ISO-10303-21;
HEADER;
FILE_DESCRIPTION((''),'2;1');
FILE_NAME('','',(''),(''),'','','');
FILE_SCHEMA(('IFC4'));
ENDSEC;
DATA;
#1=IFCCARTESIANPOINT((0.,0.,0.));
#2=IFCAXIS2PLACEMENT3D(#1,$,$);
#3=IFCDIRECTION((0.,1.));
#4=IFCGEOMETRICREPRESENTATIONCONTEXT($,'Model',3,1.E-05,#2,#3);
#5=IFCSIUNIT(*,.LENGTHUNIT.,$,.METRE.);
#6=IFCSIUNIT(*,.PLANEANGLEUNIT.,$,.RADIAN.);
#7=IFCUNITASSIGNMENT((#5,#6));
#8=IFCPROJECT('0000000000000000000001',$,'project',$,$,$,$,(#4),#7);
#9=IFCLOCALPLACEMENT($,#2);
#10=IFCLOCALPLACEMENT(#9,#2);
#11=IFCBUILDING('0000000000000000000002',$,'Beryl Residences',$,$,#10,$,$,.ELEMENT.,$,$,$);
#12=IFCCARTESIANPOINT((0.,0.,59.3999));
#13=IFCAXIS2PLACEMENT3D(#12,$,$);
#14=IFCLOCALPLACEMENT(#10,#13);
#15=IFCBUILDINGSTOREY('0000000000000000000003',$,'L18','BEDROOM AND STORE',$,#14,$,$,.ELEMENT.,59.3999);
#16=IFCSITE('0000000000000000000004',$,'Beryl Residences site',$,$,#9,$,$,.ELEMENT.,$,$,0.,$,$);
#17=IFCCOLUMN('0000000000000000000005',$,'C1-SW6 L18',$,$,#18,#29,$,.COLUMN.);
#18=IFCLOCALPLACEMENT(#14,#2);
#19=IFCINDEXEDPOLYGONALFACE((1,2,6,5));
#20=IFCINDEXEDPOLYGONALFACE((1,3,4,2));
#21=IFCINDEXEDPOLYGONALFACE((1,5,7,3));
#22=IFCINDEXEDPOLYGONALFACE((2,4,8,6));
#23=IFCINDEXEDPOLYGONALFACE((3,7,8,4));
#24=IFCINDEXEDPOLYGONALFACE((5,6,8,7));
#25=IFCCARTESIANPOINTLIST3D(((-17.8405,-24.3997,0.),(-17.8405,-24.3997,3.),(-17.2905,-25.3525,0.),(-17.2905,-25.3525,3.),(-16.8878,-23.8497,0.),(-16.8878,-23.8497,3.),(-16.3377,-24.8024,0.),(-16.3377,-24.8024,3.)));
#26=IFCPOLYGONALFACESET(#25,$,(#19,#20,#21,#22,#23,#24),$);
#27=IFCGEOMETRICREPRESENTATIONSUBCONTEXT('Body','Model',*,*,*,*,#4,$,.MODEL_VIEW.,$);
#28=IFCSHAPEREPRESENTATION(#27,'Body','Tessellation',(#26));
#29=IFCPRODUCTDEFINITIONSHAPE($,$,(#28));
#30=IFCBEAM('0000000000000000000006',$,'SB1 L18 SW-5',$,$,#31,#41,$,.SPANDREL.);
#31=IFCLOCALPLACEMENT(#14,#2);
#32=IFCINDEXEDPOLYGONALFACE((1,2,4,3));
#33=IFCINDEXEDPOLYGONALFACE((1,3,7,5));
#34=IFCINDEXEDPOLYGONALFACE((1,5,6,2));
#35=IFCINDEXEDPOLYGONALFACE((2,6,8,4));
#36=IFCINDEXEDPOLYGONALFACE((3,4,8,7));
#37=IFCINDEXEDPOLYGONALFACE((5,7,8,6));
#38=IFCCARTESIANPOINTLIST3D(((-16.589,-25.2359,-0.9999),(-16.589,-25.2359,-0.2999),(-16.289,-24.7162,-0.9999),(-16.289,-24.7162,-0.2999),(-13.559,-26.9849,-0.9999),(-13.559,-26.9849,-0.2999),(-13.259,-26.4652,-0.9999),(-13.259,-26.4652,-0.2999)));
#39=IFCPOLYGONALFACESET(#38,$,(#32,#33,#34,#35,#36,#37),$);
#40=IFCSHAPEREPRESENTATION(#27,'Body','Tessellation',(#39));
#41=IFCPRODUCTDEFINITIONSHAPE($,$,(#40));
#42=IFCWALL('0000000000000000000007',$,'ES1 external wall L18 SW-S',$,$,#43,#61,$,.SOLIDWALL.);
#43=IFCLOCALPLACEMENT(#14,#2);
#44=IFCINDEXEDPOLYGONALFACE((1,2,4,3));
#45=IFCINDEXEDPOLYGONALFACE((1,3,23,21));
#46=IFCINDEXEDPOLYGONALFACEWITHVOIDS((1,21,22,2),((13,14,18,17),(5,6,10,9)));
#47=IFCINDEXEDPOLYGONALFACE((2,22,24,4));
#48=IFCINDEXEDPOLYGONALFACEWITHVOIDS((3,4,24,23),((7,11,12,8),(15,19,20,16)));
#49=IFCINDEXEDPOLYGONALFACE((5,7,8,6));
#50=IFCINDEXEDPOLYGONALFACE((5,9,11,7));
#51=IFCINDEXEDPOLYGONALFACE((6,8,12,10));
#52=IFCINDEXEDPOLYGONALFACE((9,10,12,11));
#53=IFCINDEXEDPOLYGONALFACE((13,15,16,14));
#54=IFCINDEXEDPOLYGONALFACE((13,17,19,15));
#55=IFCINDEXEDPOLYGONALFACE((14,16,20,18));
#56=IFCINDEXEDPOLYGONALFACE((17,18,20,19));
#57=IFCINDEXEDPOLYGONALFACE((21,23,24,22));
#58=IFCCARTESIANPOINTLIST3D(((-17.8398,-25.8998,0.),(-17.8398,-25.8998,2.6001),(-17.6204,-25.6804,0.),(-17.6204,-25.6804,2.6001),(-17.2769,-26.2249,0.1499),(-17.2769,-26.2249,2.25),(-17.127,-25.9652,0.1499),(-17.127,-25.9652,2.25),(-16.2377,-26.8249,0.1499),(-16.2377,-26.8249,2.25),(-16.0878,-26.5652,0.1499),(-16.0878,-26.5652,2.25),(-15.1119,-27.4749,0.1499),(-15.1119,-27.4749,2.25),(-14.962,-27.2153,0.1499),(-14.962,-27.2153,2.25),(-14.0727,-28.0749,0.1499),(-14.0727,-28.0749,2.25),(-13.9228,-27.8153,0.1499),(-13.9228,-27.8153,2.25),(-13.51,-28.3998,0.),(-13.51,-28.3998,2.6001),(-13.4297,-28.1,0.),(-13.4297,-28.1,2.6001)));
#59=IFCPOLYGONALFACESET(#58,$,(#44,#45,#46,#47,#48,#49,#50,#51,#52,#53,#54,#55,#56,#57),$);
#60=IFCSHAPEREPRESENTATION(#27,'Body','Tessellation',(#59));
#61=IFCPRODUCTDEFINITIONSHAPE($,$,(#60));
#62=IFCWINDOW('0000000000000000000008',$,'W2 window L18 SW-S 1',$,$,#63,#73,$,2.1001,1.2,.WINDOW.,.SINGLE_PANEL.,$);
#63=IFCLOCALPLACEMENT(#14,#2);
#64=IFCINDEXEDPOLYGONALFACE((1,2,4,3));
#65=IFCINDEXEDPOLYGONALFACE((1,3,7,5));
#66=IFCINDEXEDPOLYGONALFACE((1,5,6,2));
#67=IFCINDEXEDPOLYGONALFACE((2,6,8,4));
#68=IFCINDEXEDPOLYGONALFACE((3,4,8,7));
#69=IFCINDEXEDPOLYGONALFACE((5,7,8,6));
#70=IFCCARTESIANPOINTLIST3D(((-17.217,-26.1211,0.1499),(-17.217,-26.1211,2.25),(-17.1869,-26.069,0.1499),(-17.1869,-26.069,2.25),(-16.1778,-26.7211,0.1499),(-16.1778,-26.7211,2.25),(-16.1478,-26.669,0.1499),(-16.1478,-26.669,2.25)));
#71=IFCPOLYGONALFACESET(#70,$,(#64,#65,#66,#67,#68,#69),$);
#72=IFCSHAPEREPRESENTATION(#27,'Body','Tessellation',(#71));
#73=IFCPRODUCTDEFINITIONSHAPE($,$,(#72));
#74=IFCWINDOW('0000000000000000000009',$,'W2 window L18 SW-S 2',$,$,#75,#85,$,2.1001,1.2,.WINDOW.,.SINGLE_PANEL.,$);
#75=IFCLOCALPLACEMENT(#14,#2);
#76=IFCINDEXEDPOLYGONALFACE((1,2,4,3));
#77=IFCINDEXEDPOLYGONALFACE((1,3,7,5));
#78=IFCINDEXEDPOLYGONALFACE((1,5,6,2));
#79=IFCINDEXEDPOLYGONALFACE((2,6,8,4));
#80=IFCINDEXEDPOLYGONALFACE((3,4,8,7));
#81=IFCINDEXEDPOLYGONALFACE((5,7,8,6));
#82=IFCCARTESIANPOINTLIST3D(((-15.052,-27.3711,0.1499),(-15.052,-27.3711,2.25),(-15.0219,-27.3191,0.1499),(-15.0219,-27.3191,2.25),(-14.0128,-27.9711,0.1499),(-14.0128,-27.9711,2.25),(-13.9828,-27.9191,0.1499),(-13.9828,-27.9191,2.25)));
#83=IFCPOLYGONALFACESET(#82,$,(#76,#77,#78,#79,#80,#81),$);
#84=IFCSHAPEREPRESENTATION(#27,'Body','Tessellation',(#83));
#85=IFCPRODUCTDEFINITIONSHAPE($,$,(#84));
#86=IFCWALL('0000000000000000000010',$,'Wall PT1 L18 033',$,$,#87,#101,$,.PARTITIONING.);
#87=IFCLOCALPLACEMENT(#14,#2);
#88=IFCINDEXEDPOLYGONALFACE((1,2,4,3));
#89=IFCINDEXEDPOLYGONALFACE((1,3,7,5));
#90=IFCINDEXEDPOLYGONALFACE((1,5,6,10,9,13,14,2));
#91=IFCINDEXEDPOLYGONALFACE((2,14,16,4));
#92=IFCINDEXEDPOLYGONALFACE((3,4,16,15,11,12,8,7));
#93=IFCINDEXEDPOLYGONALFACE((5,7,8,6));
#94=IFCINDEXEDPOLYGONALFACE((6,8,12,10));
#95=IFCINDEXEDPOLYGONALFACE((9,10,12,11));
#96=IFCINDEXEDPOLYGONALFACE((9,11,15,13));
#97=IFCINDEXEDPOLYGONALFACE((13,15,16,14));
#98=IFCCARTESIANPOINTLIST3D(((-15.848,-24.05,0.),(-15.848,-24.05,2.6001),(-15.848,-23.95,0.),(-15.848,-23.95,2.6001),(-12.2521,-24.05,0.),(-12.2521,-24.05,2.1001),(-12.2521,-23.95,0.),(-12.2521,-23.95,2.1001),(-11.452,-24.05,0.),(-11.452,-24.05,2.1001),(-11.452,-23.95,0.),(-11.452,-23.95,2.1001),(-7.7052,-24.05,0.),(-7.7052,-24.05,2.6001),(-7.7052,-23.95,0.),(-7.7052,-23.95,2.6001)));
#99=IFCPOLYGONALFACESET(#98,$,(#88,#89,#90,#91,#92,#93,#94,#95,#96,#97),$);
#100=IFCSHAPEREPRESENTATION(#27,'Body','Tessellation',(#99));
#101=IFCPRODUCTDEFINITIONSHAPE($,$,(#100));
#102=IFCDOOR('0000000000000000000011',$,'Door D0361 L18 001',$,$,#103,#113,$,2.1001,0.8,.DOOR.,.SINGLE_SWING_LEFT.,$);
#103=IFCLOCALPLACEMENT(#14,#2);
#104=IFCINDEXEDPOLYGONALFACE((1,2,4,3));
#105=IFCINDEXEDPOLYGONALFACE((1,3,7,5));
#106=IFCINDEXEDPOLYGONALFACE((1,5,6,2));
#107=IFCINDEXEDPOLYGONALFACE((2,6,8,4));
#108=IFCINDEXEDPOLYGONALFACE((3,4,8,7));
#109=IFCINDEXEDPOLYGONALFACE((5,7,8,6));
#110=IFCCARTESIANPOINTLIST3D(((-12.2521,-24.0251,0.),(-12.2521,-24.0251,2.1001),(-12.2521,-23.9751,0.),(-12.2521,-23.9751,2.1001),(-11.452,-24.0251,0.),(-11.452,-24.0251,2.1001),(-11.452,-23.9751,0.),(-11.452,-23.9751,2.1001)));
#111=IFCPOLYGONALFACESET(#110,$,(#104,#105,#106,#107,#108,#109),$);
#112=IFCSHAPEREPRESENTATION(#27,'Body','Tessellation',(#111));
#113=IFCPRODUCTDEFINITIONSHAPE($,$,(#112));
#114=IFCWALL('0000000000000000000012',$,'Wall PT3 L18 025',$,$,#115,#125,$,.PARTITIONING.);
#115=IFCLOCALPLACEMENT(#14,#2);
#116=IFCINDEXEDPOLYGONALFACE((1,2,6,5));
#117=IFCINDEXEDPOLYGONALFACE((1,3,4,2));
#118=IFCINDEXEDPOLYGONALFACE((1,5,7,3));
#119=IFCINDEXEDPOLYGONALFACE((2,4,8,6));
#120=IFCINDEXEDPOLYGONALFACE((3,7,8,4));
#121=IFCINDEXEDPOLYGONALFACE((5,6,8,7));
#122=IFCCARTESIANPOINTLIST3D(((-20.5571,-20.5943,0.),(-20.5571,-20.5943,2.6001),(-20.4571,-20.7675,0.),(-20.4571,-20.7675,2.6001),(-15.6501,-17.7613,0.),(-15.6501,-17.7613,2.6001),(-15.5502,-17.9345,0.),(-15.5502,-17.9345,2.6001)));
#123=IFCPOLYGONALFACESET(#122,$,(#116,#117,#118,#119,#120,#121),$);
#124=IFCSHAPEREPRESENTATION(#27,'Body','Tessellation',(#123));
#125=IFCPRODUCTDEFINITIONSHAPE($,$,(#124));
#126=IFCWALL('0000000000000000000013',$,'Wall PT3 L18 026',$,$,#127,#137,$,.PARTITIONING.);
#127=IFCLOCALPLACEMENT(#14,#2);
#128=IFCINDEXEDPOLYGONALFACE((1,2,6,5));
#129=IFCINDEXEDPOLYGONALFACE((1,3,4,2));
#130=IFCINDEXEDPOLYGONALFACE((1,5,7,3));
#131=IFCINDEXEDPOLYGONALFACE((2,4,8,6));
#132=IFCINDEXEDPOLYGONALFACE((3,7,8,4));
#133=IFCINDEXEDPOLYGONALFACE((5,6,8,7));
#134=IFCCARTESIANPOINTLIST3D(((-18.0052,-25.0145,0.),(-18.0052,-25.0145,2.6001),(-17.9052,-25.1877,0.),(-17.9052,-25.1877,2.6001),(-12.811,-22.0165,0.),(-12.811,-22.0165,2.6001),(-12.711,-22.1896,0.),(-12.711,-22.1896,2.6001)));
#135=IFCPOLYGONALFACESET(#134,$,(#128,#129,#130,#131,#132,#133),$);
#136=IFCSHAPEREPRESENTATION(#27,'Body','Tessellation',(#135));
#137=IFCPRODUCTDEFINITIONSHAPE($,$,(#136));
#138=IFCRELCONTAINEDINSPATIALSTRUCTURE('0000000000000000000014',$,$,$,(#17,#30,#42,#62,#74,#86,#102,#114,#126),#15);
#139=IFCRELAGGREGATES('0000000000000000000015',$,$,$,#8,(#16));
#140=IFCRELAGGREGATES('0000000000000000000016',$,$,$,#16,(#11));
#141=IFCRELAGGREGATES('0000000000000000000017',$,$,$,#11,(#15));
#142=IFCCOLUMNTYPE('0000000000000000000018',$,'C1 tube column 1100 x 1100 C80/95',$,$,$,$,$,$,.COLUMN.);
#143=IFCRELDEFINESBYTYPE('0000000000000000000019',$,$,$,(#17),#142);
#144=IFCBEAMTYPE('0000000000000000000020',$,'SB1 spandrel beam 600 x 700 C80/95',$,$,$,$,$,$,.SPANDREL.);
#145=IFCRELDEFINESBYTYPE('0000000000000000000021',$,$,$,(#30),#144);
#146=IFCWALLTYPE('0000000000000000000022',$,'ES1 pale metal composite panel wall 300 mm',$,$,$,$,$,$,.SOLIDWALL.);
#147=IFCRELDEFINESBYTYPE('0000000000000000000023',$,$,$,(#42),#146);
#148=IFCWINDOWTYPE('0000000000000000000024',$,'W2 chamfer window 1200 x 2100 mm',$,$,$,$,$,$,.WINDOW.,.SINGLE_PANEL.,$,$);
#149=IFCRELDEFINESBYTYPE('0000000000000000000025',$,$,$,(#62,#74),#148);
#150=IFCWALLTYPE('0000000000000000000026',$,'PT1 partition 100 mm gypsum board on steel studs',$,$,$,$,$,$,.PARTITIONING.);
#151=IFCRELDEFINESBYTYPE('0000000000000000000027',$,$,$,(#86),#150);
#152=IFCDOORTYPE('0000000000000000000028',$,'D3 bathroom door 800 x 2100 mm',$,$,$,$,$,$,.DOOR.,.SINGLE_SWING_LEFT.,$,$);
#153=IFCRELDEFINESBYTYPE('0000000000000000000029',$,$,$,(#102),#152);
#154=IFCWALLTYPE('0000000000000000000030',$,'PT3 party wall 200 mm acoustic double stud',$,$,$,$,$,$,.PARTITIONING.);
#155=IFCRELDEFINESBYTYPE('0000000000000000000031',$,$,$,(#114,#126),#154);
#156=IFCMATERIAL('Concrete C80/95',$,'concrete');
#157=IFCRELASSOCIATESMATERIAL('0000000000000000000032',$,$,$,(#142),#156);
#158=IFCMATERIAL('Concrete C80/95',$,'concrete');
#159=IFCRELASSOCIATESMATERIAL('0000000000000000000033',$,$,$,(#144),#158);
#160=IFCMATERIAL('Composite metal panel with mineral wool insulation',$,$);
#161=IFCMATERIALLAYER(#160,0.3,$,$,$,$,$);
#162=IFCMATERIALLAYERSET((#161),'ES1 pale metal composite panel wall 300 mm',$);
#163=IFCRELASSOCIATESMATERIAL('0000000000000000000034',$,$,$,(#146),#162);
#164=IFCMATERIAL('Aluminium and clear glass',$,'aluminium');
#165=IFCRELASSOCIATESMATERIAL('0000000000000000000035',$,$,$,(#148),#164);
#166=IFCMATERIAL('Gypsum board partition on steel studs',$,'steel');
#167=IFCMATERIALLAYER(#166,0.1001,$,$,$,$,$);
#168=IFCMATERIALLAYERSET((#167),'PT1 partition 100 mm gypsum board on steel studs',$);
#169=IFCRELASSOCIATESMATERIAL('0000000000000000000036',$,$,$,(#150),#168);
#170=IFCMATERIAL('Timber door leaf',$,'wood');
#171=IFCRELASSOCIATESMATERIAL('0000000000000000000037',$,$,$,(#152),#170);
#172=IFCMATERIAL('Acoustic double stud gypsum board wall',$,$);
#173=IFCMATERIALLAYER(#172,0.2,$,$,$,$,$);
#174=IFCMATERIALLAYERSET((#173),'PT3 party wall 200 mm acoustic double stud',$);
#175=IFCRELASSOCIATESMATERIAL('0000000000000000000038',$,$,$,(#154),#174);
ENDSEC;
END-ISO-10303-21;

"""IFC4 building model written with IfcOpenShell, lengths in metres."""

from ifc_helpers import new_model, si_unit, direction, frame, frame_2d, origin, origin_2d, place, context, subcontext, project, spatial, polyline, rectangle, outline, extrude, material, layer, layer_set, material_profile, profile_set, type_object, element, fill, save


model = new_model("IFC4")

# Units and contexts
model_context = context("Model", 3, precision=1e-05, world=origin(), true_north=direction((0.0, 1.0)))
body_context = subcontext(model_context, "Body", "Model", "MODEL_VIEW")
ifc_project = project(units=[si_unit("LENGTHUNIT", "METRE"), si_unit("PLANEANGLEUNIT", "RADIAN")], contexts=[model_context])

# Site, building, storey
site_placement = place(None, origin())
site = spatial("IfcSite", under=ifc_project, at=site_placement, Name="Beryl Residences site", CompositionType="ELEMENT", RefElevation=0.0)
building_placement = place(site_placement, origin())
building = spatial("IfcBuilding", under=site, at=building_placement, Name="Beryl Residences", CompositionType="ELEMENT")
storey_placement = place(building_placement, frame((0.0, 0.0, 59.3999)))
storey = spatial("IfcBuildingStorey", under=building, at=storey_placement, Name="L18", Description="BEDROOM AND STORE", CompositionType="ELEMENT", Elevation=59.3999)

# Column
ifc_material_1 = material(Name="Concrete C80/95", Category="concrete")
ifc_material_profile_1 = material_profile(ifc_material_1, rectangle(XDim=1.1001, YDim=1.1001, at=origin_2d()))
ifc_profile_set_1 = profile_set([ifc_material_profile_1], Name="Concrete C80/95")
column_type = type_object("IfcColumnType", Name="C1 tube column 1100 x 1100 C80/95", PredefinedType="COLUMN", material=ifc_profile_set_1)
column_placement = place(storey_placement, frame((-17.0891, -24.6011, 0.0), z_axis=(0.0, 0.0, 1.0), x_axis=(0.499985, -0.866034, 0.0)))
element("IfcColumn", 1, at=column_placement, inside=storey, type_object=column_type, Name="C1-SW6 L18", PredefinedType="COLUMN", context=body_context, shape_type="SweptSolid", body=[
    extrude(rectangle(XDim=1.1001, YDim=1.1001, at=origin_2d()), origin(), (0.0, 0.0, 1.0), 3.0),
])

# Beam
ifc_material_2 = material(Name="Concrete C80/95", Category="concrete")
ifc_material_profile_2 = material_profile(ifc_material_2, rectangle(XDim=0.6001, YDim=0.7, at=origin_2d()))
ifc_profile_set_2 = profile_set([ifc_material_profile_2], Name="Concrete C80/95")
beam_type = type_object("IfcBeamType", Name="SB1 spandrel beam 600 x 700 C80/95", PredefinedType="SPANDREL", material=ifc_profile_set_2)
beam_placement = place(storey_placement, frame((-16.439, -24.9761, -0.6499), z_axis=(0.866071, -0.499922, 0.0), x_axis=(0.499922, 0.866071, 0.0)))
element("IfcBeam", 2, at=beam_placement, inside=storey, type_object=beam_type, Name="SB1 L18 SW-5", PredefinedType="SPANDREL", context=body_context, shape_type="SweptSolid", body=[
    extrude(rectangle(XDim=0.6001, YDim=0.7, at=origin_2d()), origin(), (0.0, 0.0, 1.0), 3.4985),
])

# Wall, openings, windows
ifc_material_3 = material(Name="Composite metal panel with mineral wool insulation")
ifc_layer_1 = layer(ifc_material_3, 0.3)
ifc_layer_set_1 = layer_set([ifc_layer_1], Name="ES1 pale metal composite panel wall 300 mm")
wall_type_1 = type_object("IfcWallType", Name="ES1 pale metal composite panel wall 300 mm", PredefinedType="SOLIDWALL", material=ifc_layer_set_1)
wall_1_placement = place(storey_placement, frame((-17.7649, -25.77, 0.0), z_axis=(0.0, 0.0, 1.0), x_axis=(0.866011, -0.500025, 0.0)))
wall_1 = element("IfcWall", 3, at=wall_1_placement, inside=storey, type_object=wall_type_1, Name="ES1 external wall L18 SW-S", PredefinedType="SOLIDWALL", context=body_context, shape_type="SweptSolid", body=[
    extrude(outline(polyline([(0.0, -0.1499), (4.9998, -0.1499), (4.9194, 0.1499), (0.0803, 0.1499), (0.0, -0.1499)])), origin(), (0.0, 0.0, 1.0), 2.6001),
])
opening_1_placement = place(wall_1_placement, frame((0.6499, 0.0, 0.1499)))
opening_1 = element("IfcOpeningElement", 4, at=opening_1_placement, cuts=wall_1, PredefinedType="OPENING", context=body_context, shape_type="SweptSolid", body=[
    extrude(rectangle(XDim=1.2, YDim=2.1001, at=frame_2d((0.6001, 1.05))), frame((0.0, 0.1599, 0.0), z_axis=(0.0, -1.0, 0.0), x_axis=(1.0, 0.0, 0.0)), (0.0, 0.0, 1.0), 0.3201),
])
opening_2_placement = place(wall_1_placement, frame((3.1499, 0.0, 0.1499)))
opening_2 = element("IfcOpeningElement", 5, at=opening_2_placement, cuts=wall_1, PredefinedType="OPENING", context=body_context, shape_type="SweptSolid", body=[
    extrude(rectangle(XDim=1.2, YDim=2.1001, at=frame_2d((0.6001, 1.05))), frame((0.0, 0.1599, 0.0), z_axis=(0.0, -1.0, 0.0), x_axis=(1.0, 0.0, 0.0)), (0.0, 0.0, 1.0), 0.3201),
])
ifc_material_4 = material(Name="Aluminium and clear glass", Category="aluminium")
window_type = type_object("IfcWindowType", Name="W2 chamfer window 1200 x 2100 mm", PartitioningType="SINGLE_PANEL", PredefinedType="WINDOW", material=ifc_material_4)
window_1_placement = place(opening_1_placement, origin())
window_1 = element("IfcWindow", 6, at=window_1_placement, inside=storey, type_object=window_type, Name="W2 window L18 SW-S 1", OverallHeight=2.1001, OverallWidth=1.2, PartitioningType="SINGLE_PANEL", PredefinedType="WINDOW", context=body_context, shape_type="SweptSolid", body=[
    extrude(rectangle(XDim=1.2, YDim=2.1001, at=frame_2d((0.6001, 1.05))), frame((0.0, 0.03, 0.0), z_axis=(0.0, -1.0, 0.0), x_axis=(1.0, 0.0, 0.0)), (0.0, 0.0, 1.0), 0.0601),
])
fill(opening_1, window_1)
window_2_placement = place(opening_2_placement, origin())
window_2 = element("IfcWindow", 7, at=window_2_placement, inside=storey, type_object=window_type, Name="W2 window L18 SW-S 2", OverallHeight=2.1001, OverallWidth=1.2, PartitioningType="SINGLE_PANEL", PredefinedType="WINDOW", context=body_context, shape_type="SweptSolid", body=[
    extrude(rectangle(XDim=1.2, YDim=2.1001, at=frame_2d((0.6001, 1.05))), frame((0.0, 0.03, 0.0), z_axis=(0.0, -1.0, 0.0), x_axis=(1.0, 0.0, 0.0)), (0.0, 0.0, 1.0), 0.0601),
])
fill(opening_2, window_2)

# Wall, opening, door
ifc_material_5 = material(Name="Gypsum board partition on steel studs", Category="steel")
ifc_layer_2 = layer(ifc_material_5, 0.1001)
ifc_layer_set_2 = layer_set([ifc_layer_2], Name="PT1 partition 100 mm gypsum board on steel studs")
wall_type_2 = type_object("IfcWallType", Name="PT1 partition 100 mm gypsum board on steel studs", PredefinedType="PARTITIONING", material=ifc_layer_set_2)
wall_2_placement = place(storey_placement, frame((-15.8479, -24.0, 0.0), z_axis=(0.0, 0.0, 1.0), x_axis=(1.0, 0.0, 0.0)))
wall_2 = element("IfcWall", 8, at=wall_2_placement, inside=storey, type_object=wall_type_2, Name="Wall PT1 L18 033", PredefinedType="PARTITIONING", context=body_context, shape_type="SweptSolid", body=[
    extrude(rectangle(XDim=8.1428, YDim=0.1001, at=frame_2d((4.0713, 0.0))), origin(), (0.0, 0.0, 1.0), 2.6001),
])
opening_3_placement = place(wall_2_placement, frame((3.5959, 0.0, 0.0)))
opening_3 = element("IfcOpeningElement", 9, at=opening_3_placement, cuts=wall_2, PredefinedType="OPENING", context=body_context, shape_type="SweptSolid", body=[
    extrude(rectangle(XDim=0.8, YDim=2.1001, at=frame_2d((0.3999, 1.05))), frame((0.0, 0.0601, 0.0), z_axis=(0.0, -1.0, 0.0), x_axis=(1.0, 0.0, 0.0)), (0.0, 0.0, 1.0), 0.1201),
])
ifc_material_6 = material(Name="Timber door leaf", Category="wood")
door_type_1 = type_object("IfcDoorType", Name="D3 bathroom door 800 x 2100 mm", OperationType="SINGLE_SWING_LEFT", PredefinedType="DOOR", material=ifc_material_6)
door_1_placement = place(opening_3_placement, origin())
door_1 = element("IfcDoor", 10, at=door_1_placement, inside=storey, type_object=door_type_1, Name="Door D0361 L18 001", OperationType="SINGLE_SWING_LEFT", OverallHeight=2.1001, OverallWidth=0.8, PredefinedType="DOOR", context=body_context, shape_type="SweptSolid", body=[
    extrude(rectangle(XDim=0.8, YDim=2.1001, at=frame_2d((0.3999, 1.05))), frame((0.0, 0.0249, 0.0), z_axis=(0.0, -1.0, 0.0), x_axis=(1.0, 0.0, 0.0)), (0.0, 0.0, 1.0), 0.05),
])
fill(opening_3, door_1)

# Walls
ifc_material_7 = material(Name="Acoustic double stud gypsum board wall")
ifc_layer_3 = layer(ifc_material_7, 0.2)
ifc_layer_set_3 = layer_set([ifc_layer_3], Name="PT3 party wall 200 mm acoustic double stud")
wall_type_3 = type_object("IfcWallType", Name="PT3 party wall 200 mm acoustic double stud", PredefinedType="PARTITIONING", material=ifc_layer_set_3)
wall_3_placement = place(storey_placement, frame((-20.5071, -20.6809, 0.0), z_axis=(0.0, 0.0, 1.0), x_axis=(0.866028, 0.499995, 0.0)))
element("IfcWall", 11, at=wall_3_placement, inside=storey, type_object=wall_type_3, Name="Wall PT3 L18 025", PredefinedType="PARTITIONING", context=body_context, shape_type="SweptSolid", body=[
    extrude(rectangle(XDim=5.666, YDim=0.2, at=frame_2d((2.833, 0.0))), origin(), (0.0, 0.0, 1.0), 2.6001),
])
wall_4_placement = place(storey_placement, frame((-17.9551, -25.1011, 0.0), z_axis=(0.0, 0.0, 1.0), x_axis=(0.866081, 0.499905, 0.0)))
element("IfcWall", 12, at=wall_4_placement, inside=storey, type_object=wall_type_3, Name="Wall PT3 L18 026", PredefinedType="PARTITIONING", context=body_context, shape_type="SweptSolid", body=[
    extrude(rectangle(XDim=5.9973, YDim=0.2, at=frame_2d((2.9985, 0.0))), origin(), (0.0, 0.0, 1.0), 2.6001),
])

save(model, "model.ifc")
